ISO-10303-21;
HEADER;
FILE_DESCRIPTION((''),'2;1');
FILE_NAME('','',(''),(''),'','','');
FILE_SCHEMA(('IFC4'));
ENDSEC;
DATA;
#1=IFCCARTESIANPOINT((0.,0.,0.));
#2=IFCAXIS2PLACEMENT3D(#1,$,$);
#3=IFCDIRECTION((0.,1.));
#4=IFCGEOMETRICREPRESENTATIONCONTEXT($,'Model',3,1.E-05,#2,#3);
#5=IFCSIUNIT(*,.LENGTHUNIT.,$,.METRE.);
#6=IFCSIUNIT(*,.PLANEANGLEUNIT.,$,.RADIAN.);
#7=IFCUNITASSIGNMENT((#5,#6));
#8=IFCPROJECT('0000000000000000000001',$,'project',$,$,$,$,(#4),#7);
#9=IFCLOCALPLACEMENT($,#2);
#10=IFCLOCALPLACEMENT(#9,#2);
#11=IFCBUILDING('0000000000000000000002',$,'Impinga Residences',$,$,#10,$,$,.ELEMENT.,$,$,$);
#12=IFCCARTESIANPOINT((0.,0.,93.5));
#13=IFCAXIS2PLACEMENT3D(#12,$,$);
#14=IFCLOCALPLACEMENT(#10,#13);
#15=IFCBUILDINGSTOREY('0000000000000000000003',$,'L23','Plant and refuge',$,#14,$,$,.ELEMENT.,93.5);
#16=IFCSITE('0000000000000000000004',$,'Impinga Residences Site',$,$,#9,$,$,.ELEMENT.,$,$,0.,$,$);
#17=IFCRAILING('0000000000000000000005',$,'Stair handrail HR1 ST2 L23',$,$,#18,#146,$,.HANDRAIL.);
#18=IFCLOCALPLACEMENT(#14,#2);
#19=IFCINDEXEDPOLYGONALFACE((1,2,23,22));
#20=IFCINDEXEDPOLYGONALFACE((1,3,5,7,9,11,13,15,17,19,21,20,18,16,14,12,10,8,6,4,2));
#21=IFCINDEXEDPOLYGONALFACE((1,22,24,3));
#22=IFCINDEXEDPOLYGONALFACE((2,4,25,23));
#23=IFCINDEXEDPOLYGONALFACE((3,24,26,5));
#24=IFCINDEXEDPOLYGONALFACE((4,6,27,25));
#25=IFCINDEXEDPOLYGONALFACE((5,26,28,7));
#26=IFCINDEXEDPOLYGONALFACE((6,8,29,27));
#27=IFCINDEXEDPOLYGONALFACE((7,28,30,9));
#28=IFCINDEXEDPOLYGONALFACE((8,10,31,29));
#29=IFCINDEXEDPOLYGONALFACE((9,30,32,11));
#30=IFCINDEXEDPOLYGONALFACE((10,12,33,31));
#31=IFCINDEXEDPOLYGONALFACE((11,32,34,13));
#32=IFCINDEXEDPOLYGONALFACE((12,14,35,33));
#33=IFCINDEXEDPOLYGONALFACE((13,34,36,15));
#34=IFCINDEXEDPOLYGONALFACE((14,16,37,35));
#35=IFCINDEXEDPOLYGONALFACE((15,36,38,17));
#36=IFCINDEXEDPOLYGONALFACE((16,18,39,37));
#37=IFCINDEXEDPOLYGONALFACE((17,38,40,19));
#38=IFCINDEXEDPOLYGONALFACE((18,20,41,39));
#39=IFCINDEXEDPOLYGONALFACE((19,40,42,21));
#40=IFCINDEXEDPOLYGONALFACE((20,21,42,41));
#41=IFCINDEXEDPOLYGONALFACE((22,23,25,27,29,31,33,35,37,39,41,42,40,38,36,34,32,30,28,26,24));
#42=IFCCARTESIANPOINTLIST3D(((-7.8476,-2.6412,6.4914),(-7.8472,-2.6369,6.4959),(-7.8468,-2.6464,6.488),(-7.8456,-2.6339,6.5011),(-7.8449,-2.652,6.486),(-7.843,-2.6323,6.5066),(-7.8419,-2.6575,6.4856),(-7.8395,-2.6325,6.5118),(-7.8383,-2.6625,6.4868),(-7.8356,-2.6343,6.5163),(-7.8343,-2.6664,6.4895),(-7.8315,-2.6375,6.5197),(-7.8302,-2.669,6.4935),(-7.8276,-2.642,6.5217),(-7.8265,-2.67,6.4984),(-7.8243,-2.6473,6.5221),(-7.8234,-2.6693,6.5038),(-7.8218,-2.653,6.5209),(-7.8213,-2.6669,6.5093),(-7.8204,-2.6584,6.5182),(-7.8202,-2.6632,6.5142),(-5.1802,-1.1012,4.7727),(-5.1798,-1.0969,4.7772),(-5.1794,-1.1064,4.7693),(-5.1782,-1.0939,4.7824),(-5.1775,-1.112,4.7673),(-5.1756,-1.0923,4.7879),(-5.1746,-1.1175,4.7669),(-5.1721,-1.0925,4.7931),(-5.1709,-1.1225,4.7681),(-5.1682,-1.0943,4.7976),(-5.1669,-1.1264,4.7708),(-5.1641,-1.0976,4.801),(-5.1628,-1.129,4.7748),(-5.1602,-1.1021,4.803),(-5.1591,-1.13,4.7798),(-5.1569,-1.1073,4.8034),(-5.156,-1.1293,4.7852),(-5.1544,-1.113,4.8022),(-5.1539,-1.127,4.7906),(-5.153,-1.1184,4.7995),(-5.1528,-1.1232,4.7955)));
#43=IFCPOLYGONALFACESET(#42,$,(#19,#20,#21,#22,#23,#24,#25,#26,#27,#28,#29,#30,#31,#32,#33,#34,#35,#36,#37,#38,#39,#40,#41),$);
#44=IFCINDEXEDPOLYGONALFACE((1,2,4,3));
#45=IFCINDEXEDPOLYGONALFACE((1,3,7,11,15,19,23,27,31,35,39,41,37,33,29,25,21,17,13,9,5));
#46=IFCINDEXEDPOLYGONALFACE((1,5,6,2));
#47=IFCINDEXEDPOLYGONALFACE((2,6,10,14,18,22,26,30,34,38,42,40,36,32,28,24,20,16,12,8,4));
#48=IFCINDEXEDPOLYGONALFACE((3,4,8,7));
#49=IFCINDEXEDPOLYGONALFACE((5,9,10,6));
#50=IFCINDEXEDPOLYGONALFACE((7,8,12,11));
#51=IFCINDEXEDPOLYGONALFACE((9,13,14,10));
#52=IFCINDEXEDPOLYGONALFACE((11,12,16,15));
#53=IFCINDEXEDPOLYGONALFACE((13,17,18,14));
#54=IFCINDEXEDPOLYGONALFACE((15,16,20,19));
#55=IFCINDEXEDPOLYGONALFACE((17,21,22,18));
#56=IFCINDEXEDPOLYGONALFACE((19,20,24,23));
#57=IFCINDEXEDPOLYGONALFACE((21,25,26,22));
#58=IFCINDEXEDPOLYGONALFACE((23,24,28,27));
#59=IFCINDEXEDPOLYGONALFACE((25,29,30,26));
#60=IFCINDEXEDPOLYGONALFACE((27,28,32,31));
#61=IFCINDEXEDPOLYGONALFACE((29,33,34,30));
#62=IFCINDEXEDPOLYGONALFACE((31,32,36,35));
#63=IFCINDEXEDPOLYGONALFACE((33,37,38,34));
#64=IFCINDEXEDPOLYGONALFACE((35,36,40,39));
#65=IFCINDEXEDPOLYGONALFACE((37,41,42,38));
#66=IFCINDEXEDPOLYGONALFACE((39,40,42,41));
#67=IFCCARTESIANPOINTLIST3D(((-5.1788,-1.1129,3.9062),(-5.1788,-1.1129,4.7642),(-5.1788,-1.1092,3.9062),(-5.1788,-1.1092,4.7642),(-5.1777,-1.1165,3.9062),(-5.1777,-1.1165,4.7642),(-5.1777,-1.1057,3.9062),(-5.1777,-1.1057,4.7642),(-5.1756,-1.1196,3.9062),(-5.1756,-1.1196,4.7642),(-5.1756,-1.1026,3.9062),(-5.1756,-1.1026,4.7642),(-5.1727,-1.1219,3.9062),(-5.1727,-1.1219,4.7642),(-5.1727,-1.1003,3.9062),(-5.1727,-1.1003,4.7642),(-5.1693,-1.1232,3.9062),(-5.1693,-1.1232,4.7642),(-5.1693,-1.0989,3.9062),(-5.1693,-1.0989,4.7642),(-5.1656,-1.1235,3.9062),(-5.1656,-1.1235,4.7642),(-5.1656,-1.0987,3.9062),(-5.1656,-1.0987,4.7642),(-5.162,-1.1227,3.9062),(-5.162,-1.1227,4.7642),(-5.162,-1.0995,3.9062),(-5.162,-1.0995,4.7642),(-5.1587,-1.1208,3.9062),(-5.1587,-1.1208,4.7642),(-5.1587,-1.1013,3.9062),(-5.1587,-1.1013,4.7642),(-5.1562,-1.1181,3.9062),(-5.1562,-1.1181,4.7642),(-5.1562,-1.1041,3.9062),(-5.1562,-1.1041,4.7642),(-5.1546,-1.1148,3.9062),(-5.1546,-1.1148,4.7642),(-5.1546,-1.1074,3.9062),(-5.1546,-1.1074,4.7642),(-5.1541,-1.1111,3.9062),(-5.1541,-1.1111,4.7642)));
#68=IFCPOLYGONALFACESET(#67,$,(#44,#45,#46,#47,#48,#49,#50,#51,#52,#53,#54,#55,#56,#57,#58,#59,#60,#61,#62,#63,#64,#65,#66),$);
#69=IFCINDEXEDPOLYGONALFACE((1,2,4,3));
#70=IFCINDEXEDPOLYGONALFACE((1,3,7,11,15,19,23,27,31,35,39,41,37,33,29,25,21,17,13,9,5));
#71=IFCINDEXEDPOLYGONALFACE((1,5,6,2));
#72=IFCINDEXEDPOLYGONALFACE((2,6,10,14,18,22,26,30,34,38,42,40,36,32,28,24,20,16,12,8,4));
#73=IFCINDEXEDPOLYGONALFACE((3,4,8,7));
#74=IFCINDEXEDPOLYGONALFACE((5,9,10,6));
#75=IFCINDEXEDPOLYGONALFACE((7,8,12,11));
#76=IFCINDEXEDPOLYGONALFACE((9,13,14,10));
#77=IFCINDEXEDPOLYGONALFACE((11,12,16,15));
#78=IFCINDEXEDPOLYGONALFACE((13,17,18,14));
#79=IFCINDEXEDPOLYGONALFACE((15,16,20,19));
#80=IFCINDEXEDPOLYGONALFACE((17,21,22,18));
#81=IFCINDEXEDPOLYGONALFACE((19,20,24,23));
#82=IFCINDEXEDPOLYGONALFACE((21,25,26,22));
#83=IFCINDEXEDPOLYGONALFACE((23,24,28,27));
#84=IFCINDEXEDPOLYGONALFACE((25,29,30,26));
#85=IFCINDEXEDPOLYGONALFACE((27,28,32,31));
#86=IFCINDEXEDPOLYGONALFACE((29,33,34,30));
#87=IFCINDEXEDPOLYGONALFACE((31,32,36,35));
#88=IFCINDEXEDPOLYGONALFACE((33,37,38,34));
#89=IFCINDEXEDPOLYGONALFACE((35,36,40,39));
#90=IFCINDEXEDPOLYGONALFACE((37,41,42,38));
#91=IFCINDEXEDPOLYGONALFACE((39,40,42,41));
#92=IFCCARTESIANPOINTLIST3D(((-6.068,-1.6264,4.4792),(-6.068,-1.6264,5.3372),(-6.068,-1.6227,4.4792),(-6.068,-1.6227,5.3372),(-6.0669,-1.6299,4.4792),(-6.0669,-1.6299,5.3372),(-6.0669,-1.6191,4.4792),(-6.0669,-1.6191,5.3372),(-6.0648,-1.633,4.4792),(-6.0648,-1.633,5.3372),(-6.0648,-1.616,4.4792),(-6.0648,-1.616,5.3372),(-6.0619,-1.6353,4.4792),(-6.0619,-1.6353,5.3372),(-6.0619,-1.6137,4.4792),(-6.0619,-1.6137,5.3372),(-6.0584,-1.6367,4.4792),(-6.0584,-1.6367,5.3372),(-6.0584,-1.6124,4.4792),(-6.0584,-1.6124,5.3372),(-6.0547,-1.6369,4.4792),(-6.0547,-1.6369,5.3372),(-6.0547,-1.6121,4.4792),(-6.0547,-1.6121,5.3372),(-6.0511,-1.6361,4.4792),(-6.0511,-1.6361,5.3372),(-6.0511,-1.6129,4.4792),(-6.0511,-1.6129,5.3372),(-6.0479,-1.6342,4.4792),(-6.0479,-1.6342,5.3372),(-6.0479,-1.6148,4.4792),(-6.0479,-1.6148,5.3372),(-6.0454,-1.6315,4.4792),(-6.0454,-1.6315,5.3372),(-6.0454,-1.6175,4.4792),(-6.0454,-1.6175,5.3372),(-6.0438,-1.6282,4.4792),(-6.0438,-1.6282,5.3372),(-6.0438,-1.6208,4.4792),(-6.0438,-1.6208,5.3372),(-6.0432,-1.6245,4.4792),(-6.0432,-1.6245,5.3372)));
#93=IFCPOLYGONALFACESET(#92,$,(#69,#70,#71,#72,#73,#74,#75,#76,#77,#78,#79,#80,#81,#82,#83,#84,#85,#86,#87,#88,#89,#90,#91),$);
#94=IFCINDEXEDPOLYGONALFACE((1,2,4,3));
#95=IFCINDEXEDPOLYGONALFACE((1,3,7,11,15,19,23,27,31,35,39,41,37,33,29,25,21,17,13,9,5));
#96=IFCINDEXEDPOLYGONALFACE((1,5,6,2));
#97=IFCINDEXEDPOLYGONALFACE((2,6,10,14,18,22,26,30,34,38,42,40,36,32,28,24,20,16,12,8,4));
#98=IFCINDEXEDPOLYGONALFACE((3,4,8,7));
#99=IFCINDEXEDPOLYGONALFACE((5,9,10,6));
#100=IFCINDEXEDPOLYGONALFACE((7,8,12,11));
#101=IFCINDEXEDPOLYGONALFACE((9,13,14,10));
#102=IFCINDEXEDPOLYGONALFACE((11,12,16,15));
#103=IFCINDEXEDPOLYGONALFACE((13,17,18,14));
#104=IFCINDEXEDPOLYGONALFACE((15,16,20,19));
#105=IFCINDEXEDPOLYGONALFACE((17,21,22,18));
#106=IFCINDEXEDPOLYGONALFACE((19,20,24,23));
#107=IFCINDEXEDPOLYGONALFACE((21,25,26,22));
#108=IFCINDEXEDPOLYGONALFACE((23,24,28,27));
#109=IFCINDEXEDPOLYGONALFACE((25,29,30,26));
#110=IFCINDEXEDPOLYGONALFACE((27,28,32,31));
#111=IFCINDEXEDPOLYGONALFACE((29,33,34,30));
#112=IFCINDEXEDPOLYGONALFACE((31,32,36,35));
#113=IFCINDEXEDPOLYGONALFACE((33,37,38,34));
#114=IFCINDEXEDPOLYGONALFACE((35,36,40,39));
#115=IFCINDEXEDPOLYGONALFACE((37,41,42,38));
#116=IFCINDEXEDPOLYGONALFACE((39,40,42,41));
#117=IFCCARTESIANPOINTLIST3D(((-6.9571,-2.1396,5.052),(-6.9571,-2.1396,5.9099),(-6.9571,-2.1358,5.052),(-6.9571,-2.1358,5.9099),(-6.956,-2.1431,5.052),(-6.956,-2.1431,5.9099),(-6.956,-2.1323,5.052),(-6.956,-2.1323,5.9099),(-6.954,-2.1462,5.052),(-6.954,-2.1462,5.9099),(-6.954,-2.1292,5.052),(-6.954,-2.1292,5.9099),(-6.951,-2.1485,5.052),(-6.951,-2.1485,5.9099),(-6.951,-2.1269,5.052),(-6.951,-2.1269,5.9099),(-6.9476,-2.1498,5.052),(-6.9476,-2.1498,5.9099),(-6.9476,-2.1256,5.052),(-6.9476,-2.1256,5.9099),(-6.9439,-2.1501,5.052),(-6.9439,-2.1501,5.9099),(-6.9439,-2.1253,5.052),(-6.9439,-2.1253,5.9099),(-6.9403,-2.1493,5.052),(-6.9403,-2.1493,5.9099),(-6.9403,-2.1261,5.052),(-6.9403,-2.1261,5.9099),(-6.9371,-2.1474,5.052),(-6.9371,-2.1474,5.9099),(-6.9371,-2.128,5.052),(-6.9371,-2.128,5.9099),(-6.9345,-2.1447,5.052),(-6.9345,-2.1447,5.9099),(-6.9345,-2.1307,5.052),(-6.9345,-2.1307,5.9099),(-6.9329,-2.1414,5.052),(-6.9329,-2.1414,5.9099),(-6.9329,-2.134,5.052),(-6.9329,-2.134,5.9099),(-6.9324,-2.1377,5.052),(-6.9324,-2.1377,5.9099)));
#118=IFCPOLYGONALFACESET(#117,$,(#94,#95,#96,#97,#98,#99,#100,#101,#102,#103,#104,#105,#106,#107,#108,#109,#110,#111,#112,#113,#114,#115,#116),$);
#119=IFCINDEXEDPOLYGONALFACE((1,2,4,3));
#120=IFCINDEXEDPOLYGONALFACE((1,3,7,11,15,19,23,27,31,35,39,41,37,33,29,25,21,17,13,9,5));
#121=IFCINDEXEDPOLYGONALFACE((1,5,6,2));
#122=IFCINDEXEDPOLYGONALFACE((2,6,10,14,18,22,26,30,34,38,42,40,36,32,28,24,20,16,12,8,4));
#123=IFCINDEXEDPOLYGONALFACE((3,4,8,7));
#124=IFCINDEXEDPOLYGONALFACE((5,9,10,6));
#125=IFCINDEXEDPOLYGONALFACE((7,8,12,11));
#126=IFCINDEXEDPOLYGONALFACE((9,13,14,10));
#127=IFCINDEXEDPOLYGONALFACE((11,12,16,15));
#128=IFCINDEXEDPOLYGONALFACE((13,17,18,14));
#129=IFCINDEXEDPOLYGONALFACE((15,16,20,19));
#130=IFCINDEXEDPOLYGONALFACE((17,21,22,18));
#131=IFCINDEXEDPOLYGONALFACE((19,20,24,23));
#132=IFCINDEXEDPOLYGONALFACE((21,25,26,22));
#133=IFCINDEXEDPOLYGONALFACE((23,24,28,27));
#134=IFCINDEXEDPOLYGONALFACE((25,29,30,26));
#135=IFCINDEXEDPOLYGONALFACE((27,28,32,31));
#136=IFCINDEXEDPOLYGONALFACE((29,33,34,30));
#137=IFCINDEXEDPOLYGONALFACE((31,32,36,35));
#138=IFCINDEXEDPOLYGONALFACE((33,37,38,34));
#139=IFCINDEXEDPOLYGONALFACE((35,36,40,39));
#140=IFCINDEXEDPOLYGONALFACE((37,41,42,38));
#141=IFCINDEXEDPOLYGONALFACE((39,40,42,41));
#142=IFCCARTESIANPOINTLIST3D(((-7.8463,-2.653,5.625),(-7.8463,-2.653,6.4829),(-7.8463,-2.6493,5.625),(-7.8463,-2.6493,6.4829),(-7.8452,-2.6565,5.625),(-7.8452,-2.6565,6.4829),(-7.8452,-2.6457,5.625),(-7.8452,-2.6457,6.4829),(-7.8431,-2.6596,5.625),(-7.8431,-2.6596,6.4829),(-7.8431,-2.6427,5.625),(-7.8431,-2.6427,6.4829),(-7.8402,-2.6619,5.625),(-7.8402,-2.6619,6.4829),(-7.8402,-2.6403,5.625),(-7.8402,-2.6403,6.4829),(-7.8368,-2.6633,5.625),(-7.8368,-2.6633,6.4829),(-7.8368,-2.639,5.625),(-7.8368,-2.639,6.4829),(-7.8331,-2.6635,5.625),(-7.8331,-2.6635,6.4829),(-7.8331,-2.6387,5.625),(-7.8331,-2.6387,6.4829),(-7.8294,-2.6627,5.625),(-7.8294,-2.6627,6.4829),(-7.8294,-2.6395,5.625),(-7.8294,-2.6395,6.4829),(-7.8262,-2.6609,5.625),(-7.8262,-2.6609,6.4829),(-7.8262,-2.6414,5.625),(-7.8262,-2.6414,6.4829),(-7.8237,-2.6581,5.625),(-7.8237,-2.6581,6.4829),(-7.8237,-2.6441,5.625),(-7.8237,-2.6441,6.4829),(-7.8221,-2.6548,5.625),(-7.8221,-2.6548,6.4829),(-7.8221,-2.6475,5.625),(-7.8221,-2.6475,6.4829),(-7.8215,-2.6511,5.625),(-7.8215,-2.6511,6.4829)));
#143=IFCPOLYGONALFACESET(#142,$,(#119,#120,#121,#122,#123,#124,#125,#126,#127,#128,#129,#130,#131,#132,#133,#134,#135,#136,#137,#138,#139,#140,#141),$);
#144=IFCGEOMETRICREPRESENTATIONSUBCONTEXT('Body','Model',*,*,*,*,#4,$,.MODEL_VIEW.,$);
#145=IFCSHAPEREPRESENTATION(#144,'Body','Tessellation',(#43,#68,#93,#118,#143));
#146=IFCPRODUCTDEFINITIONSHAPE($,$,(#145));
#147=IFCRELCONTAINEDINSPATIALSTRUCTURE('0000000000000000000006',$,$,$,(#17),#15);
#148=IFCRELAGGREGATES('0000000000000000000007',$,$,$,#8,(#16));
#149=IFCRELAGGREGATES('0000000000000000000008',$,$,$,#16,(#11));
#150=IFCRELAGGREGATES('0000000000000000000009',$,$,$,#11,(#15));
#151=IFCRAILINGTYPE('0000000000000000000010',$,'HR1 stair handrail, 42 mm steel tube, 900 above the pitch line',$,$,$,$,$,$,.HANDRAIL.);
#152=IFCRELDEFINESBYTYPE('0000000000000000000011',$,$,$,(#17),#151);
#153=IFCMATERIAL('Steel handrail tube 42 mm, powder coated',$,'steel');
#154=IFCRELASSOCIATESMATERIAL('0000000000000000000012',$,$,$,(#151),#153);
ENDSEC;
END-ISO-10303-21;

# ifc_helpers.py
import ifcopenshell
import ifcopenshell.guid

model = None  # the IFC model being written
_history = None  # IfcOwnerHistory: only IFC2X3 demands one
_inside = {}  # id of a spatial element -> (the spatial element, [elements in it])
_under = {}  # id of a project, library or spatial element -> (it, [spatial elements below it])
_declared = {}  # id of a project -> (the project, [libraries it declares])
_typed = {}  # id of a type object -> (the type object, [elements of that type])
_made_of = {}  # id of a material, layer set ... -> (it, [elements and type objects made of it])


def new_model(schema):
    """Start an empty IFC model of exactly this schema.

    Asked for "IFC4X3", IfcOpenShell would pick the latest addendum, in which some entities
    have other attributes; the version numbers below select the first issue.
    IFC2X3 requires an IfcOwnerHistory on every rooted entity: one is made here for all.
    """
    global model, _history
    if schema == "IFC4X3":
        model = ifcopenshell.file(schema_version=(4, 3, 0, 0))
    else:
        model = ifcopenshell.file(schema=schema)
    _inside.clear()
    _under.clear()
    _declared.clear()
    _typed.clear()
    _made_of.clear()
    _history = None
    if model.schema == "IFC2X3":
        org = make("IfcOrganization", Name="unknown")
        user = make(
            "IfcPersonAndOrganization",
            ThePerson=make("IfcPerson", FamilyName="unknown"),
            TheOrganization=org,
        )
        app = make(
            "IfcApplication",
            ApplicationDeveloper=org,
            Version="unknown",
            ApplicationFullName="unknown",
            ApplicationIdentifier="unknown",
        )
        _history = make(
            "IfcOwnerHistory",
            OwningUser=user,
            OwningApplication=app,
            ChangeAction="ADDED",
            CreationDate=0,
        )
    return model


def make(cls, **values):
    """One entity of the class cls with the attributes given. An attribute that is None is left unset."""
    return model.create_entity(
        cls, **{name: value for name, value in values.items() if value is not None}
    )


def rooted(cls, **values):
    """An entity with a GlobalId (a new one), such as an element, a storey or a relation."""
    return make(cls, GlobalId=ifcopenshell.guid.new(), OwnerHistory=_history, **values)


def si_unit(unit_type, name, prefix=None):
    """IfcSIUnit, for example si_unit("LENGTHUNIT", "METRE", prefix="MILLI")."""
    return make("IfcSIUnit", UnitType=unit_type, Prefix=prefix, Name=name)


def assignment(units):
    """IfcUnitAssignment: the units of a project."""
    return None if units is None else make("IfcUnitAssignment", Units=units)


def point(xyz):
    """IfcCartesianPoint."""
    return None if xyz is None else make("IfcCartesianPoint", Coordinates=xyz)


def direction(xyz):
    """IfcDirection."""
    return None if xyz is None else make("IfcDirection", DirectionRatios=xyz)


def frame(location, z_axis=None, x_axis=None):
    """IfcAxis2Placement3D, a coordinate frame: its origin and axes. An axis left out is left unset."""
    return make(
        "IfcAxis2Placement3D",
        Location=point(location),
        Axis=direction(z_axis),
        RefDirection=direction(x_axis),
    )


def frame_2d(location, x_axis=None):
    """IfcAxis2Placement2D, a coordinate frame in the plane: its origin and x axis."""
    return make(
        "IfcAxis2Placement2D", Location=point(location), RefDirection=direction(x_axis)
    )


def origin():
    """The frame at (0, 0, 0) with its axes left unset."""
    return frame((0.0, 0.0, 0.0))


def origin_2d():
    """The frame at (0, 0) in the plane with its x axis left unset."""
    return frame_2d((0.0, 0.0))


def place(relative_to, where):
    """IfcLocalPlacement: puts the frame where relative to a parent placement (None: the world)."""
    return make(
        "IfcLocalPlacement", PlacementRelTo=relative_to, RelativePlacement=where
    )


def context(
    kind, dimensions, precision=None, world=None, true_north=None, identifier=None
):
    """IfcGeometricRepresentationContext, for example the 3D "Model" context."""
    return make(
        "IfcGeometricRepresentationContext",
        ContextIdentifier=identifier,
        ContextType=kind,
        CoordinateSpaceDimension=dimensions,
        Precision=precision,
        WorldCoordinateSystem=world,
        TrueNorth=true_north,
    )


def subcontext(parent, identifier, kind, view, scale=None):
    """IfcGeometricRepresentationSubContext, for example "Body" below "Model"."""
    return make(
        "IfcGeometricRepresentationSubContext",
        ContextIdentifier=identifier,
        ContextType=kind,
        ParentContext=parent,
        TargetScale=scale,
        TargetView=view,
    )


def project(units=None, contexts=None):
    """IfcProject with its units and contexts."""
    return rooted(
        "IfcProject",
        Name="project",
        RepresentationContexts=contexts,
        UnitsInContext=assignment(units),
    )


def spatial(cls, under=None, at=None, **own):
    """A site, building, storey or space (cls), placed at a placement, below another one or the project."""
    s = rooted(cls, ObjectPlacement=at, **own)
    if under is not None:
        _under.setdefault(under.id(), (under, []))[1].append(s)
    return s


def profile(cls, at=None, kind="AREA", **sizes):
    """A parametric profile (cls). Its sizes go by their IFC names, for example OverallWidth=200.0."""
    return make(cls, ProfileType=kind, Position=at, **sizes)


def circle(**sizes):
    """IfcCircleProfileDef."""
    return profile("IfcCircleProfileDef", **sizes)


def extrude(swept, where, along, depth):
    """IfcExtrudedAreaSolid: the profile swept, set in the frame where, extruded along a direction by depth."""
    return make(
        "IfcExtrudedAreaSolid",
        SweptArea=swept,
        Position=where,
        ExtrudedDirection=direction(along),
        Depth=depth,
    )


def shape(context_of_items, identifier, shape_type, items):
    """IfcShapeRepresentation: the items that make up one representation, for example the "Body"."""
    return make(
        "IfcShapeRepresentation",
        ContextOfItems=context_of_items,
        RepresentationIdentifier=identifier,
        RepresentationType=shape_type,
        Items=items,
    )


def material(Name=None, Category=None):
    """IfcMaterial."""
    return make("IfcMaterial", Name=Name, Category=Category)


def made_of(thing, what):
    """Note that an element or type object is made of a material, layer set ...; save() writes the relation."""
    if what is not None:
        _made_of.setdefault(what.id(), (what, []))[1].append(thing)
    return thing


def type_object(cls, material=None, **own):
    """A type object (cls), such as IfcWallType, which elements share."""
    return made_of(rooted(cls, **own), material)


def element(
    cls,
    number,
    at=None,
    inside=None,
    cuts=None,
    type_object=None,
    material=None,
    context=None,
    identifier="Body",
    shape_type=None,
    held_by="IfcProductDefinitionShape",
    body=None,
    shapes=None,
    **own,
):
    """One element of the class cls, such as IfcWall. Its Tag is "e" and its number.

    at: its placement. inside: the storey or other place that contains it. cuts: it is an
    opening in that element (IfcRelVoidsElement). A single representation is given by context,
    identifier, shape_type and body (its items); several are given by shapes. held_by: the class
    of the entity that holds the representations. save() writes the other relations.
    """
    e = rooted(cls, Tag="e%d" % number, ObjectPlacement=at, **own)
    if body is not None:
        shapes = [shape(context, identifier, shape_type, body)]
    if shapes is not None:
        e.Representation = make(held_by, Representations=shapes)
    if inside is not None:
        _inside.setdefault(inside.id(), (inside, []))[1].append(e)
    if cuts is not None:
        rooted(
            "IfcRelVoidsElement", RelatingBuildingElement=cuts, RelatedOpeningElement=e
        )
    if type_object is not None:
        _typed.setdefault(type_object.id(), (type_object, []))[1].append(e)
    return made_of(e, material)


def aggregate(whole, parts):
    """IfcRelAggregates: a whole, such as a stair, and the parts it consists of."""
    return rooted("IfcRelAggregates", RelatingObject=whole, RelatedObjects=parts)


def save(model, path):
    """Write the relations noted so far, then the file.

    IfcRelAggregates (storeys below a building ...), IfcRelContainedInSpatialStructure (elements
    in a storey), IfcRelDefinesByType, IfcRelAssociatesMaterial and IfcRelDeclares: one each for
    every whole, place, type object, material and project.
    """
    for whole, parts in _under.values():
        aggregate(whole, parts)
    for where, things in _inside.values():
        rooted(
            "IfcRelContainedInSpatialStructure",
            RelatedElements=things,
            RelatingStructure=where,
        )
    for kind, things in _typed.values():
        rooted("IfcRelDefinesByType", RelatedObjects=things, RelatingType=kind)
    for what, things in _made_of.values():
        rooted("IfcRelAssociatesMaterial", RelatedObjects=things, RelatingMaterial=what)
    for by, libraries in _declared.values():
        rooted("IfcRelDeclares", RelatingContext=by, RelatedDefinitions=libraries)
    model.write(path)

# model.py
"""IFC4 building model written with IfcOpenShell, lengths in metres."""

from ifc_helpers import new_model, si_unit, direction, frame, origin, origin_2d, place, context, subcontext, project, spatial, circle, extrude, material, type_object, element, save


model = new_model("IFC4")

# Units and contexts
model_context = context("Model", 3, precision=1e-05, world=origin(), true_north=direction((0.0, 1.0)))
body_context = subcontext(model_context, "Body", "Model", "MODEL_VIEW")
ifc_project = project(units=[si_unit("LENGTHUNIT", "METRE"), si_unit("PLANEANGLEUNIT", "RADIAN")], contexts=[model_context])

# Site, building, storey
site_placement = place(None, origin())
site = spatial("IfcSite", under=ifc_project, at=site_placement, Name="Impinga Residences Site", CompositionType="ELEMENT", RefElevation=0.0)
building_placement = place(site_placement, origin())
building = spatial("IfcBuilding", under=site, at=building_placement, Name="Impinga Residences", CompositionType="ELEMENT")
storey_placement = place(building_placement, frame((0.0, 0.0, 93.5)))
storey = spatial("IfcBuildingStorey", under=building, at=storey_placement, Name="L23", Description="Plant and refuge", CompositionType="ELEMENT", Elevation=93.5)

# Railing
ifc_material_1 = material(Name="Steel handrail tube 42 mm, powder coated", Category="steel")
railing_type_1 = type_object("IfcRailingType", Name="HR1 stair handrail, 42 mm steel tube, 900 above the pitch line", PredefinedType="HANDRAIL", material=ifc_material_1)
for number, where, name in (
    (1, (-5.1665, -1.1111, 3.9062), "Stair handrail HR1 ST2 L23"),
):
    element("IfcRailing", number, at=place(storey_placement, frame(where)), inside=storey, type_object=railing_type_1, Name=name, PredefinedType="HANDRAIL", context=body_context, shape_type="SweptSolid", body=[
        extrude(circle(Radius=0.021, at=origin_2d()), frame((0.0, 0.0, 0.8789), z_axis=(-0.756256, -0.436616, 0.487282), x_axis=(0.499992, -0.86603, 0.0)), (0.0, 0.0, 1.0), 3.5271),
        extrude(circle(Radius=0.0125, at=origin_2d()), origin(), (0.0, 0.0, 1.0), 0.8579),
        extrude(circle(Radius=0.0125, at=origin_2d()), frame((-0.8892, -0.5134, 0.573)), (0.0, 0.0, 1.0), 0.8579),
        extrude(circle(Radius=0.0125, at=origin_2d()), frame((-1.7783, -1.0266, 1.1458)), (0.0, 0.0, 1.0), 0.8579),
        extrude(circle(Radius=0.0125, at=origin_2d()), frame((-2.6675, -1.54, 1.7188)), (0.0, 0.0, 1.0), 0.8579),
    ])

save(model, "model.ifc")
